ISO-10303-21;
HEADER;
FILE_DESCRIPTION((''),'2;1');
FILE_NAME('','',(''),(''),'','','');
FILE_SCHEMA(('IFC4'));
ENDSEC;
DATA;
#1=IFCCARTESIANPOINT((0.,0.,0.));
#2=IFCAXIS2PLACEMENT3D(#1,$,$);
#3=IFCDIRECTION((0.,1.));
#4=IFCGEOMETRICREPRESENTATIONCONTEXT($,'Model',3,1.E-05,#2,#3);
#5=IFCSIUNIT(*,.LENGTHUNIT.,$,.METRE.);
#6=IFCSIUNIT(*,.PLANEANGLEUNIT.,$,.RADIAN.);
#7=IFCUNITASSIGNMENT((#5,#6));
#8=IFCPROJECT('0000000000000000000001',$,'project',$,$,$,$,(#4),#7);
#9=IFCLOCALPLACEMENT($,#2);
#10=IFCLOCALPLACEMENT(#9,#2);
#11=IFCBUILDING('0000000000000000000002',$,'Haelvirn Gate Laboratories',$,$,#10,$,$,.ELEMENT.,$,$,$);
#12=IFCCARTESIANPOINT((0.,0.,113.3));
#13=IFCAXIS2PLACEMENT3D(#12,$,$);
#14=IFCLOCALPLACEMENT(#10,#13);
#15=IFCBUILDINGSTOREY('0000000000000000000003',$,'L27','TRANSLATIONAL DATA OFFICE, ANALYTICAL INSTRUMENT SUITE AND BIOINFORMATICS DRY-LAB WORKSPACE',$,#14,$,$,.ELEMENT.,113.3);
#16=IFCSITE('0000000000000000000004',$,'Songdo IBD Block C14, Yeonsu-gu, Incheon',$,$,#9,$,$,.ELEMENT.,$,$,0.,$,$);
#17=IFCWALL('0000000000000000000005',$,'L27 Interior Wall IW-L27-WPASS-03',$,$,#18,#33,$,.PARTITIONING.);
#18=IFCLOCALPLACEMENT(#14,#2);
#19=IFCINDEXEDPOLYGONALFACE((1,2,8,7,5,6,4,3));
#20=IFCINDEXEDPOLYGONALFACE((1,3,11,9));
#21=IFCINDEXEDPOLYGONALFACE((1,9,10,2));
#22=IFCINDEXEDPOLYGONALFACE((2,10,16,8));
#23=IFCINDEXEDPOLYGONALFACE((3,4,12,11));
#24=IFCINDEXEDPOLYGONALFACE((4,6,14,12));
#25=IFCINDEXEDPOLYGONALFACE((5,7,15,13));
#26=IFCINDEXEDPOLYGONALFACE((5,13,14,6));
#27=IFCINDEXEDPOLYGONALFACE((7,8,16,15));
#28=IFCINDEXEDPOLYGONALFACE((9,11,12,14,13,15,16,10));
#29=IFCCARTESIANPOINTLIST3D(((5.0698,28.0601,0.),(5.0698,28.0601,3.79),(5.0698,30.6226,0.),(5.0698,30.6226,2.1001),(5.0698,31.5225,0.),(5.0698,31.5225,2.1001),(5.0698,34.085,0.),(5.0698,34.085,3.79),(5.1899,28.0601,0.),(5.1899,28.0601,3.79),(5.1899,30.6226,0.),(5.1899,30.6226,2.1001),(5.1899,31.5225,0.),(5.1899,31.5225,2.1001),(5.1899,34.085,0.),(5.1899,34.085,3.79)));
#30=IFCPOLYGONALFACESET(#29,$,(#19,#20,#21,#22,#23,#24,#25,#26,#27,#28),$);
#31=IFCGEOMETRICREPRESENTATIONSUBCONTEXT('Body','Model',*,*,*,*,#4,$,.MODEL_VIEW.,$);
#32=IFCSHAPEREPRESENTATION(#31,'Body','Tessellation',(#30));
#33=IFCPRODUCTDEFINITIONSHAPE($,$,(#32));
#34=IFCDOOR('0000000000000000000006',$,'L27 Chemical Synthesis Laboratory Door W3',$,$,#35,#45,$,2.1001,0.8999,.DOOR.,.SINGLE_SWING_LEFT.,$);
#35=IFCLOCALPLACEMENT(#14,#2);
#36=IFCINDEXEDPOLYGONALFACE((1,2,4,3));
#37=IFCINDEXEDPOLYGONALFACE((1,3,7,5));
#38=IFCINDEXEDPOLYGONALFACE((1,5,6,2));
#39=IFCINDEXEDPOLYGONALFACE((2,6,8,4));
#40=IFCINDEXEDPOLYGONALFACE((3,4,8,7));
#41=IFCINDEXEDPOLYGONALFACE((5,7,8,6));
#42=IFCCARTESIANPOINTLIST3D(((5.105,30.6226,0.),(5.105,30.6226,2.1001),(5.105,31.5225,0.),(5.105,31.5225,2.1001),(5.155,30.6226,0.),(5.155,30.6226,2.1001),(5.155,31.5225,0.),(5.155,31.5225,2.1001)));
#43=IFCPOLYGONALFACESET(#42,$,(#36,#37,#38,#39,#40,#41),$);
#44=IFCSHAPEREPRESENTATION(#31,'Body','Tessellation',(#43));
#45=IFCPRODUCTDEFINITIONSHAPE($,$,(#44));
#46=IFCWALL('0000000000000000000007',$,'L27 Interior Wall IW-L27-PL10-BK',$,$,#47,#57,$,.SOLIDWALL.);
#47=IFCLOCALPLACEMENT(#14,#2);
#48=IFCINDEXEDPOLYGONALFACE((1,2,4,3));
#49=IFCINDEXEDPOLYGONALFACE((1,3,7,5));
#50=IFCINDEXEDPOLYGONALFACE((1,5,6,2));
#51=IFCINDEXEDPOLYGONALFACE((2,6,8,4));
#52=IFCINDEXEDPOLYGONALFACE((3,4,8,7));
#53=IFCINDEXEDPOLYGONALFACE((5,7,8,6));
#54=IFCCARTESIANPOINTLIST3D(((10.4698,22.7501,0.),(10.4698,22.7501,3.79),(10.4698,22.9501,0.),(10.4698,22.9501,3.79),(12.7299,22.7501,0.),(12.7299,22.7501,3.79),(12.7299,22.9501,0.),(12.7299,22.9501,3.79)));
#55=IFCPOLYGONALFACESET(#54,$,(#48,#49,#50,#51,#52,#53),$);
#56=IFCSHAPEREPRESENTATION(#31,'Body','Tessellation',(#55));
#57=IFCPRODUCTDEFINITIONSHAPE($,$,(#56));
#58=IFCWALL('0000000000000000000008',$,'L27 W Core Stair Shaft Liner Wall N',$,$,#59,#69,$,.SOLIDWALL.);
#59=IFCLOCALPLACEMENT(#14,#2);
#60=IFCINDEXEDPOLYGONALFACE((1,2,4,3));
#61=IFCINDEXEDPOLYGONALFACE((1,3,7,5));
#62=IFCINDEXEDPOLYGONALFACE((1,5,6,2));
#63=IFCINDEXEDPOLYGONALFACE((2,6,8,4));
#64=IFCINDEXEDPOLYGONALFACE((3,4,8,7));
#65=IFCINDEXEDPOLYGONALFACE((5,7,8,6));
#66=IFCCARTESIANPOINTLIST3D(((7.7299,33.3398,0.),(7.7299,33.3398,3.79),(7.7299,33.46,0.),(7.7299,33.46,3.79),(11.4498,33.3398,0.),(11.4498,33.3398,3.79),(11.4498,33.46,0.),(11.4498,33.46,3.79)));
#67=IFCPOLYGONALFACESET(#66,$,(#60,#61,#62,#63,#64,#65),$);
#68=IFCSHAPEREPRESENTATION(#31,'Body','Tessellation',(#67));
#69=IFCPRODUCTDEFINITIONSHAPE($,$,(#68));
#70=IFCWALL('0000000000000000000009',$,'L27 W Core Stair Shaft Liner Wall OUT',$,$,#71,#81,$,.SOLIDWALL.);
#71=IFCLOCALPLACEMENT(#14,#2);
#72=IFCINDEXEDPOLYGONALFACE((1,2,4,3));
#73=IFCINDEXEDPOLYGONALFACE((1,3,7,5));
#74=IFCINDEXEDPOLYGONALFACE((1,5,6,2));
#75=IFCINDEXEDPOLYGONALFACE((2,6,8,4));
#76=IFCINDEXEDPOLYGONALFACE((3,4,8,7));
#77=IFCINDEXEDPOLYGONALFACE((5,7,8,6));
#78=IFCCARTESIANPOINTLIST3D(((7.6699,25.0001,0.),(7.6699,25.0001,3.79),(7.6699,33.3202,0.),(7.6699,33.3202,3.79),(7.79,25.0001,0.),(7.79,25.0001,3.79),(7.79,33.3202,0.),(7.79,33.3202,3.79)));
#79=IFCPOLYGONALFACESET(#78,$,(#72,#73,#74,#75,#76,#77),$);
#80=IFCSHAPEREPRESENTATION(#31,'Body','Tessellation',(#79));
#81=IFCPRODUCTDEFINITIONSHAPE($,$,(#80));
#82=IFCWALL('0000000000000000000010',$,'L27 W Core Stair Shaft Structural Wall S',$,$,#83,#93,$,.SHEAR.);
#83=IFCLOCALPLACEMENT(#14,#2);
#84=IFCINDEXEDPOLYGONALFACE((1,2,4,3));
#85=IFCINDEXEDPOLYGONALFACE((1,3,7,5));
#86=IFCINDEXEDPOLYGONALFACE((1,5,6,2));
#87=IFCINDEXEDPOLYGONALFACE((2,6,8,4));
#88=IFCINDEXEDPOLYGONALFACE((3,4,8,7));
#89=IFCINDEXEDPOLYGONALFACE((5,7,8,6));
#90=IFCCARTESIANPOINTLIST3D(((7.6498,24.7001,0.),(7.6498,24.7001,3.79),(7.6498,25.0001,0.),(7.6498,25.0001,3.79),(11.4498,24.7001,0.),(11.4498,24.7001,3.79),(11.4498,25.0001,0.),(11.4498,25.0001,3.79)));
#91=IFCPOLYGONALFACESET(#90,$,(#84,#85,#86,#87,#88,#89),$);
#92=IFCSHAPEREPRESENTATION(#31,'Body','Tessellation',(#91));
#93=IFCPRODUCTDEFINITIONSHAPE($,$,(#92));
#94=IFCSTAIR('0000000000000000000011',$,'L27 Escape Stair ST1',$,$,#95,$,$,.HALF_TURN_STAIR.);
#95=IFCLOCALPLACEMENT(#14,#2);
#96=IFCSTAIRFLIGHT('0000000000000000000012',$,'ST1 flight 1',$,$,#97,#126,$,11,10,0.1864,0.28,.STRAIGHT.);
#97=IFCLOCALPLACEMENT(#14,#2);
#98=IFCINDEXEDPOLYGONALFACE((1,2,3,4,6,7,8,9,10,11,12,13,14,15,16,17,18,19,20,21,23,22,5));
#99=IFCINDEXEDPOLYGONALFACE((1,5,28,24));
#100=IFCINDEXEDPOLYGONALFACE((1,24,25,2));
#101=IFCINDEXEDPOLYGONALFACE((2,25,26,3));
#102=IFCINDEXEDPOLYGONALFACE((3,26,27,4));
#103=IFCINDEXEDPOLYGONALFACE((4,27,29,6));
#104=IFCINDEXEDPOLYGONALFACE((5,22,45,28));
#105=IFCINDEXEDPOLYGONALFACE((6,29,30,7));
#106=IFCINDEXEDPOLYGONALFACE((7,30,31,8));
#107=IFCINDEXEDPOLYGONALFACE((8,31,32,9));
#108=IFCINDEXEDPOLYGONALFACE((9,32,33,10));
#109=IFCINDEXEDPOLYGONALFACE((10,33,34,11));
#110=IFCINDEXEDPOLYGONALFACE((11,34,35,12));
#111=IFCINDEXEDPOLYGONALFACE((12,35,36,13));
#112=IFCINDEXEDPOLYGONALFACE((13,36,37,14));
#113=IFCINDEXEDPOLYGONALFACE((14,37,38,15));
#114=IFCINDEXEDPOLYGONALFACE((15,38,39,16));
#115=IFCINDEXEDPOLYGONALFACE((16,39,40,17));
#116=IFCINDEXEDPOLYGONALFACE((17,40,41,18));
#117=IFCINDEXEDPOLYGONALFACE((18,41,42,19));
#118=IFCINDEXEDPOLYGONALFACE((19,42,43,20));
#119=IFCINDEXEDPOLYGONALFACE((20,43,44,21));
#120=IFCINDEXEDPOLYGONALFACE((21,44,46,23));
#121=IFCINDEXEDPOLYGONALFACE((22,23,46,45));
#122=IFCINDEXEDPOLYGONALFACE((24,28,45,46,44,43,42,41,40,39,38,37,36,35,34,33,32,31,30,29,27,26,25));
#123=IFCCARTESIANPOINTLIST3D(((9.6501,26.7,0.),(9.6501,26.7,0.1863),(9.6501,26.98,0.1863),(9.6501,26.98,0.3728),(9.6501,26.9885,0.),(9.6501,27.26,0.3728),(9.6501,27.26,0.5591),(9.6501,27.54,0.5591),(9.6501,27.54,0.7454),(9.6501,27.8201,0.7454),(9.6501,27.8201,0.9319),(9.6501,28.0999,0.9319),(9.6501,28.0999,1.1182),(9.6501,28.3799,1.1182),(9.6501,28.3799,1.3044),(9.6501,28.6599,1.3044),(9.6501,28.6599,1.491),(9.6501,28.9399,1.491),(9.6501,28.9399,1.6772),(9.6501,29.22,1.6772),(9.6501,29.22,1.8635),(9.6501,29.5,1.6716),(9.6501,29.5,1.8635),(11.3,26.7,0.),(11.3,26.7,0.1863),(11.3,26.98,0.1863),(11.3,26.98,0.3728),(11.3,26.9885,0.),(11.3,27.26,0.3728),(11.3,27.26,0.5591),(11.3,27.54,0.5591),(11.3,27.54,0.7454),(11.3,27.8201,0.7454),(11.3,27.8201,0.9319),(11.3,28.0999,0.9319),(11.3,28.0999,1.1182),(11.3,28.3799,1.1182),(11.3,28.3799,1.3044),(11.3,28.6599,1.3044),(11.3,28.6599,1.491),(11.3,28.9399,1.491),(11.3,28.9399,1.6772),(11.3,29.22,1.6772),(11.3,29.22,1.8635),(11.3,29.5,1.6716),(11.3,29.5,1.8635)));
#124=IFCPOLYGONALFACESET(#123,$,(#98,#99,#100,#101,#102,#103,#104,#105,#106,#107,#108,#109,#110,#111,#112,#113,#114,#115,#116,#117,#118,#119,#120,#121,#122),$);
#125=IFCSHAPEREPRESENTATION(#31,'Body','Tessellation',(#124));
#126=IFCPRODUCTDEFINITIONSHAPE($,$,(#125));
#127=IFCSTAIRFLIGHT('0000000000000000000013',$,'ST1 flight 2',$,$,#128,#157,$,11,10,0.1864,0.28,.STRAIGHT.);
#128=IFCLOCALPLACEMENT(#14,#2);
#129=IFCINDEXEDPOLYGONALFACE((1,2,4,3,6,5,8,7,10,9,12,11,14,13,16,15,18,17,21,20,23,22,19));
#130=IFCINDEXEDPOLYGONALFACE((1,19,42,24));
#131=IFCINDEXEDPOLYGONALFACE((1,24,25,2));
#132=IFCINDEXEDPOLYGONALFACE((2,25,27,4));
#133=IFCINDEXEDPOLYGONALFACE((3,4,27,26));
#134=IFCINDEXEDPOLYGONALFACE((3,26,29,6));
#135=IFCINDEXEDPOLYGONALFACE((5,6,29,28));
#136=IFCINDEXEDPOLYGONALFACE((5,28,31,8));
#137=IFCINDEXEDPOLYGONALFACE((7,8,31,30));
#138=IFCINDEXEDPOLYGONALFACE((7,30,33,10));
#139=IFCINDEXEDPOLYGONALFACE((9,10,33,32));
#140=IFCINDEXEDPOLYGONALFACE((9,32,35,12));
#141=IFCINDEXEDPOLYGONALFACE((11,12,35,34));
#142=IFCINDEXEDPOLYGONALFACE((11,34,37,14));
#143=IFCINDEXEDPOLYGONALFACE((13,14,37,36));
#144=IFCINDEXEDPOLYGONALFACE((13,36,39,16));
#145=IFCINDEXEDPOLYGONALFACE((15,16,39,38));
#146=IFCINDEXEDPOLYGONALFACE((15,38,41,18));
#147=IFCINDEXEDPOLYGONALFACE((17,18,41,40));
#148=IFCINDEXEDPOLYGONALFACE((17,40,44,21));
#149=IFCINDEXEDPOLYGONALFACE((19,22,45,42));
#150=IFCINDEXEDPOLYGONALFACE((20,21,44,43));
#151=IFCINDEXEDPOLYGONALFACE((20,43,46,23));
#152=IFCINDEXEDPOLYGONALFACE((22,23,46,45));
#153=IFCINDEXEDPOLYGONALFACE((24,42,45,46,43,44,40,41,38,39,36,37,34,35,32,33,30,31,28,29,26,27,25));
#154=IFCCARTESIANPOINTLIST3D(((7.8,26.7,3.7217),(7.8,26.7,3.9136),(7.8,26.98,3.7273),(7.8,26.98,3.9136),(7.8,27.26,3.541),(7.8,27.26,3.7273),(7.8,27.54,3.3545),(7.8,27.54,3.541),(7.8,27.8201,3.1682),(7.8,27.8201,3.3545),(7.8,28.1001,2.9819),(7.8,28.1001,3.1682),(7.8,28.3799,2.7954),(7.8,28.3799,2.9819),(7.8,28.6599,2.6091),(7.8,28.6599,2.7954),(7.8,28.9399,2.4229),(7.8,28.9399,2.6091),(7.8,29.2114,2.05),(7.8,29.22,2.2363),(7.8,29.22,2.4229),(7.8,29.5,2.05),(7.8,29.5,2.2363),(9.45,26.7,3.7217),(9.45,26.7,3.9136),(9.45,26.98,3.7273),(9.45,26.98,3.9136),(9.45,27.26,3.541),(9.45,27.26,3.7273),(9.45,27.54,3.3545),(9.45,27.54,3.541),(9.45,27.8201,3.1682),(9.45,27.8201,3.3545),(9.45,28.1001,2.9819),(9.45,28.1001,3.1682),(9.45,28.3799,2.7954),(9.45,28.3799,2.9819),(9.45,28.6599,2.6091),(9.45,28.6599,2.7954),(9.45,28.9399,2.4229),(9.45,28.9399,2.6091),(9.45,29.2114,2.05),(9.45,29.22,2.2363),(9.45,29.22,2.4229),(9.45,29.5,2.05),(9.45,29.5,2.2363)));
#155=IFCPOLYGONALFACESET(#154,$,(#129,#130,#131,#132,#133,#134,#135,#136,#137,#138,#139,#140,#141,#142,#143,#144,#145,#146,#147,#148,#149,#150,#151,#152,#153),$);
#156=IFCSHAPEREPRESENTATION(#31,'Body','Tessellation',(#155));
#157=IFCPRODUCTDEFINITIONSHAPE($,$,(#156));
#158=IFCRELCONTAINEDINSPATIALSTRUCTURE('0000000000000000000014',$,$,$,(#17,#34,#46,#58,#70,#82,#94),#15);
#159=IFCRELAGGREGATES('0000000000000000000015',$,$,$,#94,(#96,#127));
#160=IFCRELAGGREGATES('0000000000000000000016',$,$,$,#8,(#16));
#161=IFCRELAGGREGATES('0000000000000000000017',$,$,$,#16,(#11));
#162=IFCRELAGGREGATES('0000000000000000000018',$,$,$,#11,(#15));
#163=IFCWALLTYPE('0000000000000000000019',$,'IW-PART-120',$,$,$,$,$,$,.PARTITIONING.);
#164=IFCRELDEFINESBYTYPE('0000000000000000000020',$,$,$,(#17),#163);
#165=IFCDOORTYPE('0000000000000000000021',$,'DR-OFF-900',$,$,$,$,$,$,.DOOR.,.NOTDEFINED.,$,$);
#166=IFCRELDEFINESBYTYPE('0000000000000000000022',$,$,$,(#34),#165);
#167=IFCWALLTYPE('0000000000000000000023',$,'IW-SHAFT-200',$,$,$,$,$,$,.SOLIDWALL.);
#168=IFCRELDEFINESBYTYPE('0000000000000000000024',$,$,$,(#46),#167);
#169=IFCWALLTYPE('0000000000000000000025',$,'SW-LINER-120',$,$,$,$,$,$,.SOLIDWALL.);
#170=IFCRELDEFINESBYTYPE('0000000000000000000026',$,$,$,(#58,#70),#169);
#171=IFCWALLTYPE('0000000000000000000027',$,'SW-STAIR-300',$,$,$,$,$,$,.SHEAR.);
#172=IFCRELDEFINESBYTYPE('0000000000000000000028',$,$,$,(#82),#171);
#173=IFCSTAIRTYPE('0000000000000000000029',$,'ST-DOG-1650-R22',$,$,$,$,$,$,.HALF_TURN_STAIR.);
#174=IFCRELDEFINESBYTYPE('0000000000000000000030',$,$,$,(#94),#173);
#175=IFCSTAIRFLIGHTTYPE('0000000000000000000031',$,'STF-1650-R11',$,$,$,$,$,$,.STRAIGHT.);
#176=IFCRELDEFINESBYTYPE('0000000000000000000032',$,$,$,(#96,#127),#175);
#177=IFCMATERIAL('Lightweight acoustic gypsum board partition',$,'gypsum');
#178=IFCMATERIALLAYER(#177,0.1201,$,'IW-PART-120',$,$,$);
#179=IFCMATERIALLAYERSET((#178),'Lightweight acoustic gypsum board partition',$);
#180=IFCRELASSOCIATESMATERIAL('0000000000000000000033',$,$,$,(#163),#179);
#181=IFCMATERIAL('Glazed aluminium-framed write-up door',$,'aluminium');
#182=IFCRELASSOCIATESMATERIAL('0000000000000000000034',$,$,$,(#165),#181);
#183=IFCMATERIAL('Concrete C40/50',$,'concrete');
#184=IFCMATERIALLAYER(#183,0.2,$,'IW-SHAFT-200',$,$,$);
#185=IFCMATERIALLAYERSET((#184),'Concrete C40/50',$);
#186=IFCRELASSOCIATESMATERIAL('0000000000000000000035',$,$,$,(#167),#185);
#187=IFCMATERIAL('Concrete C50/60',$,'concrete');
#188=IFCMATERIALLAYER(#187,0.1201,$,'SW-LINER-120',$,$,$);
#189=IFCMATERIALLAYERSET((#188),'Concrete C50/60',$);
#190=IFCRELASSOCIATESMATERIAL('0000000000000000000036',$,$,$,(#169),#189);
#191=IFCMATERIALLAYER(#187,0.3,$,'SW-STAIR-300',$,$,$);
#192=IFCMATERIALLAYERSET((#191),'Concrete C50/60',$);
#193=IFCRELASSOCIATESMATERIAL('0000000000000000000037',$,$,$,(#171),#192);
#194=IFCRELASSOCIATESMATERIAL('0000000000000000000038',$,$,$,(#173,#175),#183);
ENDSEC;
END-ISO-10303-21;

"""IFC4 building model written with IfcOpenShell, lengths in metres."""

from ifc_helpers import new_model, si_unit, direction, frame, frame_2d, origin, place, context, subcontext, project, spatial, polyline, rectangle, outline, extrude, source, transform, mapped, material, layer, layer_set, type_object, type_shapes, element, fill, aggregate, save


model = new_model("IFC4")

# Units and contexts
model_context = context("Model", 3, precision=1e-05, world=origin(), true_north=direction((0.0, 1.0)))
body_context = subcontext(model_context, "Body", "Model", "MODEL_VIEW")
ifc_project = project(units=[si_unit("LENGTHUNIT", "METRE"), si_unit("PLANEANGLEUNIT", "RADIAN")], contexts=[model_context])

# Site, building, storey
site_placement = place(None, origin())
site = spatial("IfcSite", under=ifc_project, at=site_placement, Name="Songdo IBD Block C14, Yeonsu-gu, Incheon", CompositionType="ELEMENT", RefElevation=0.0)
building_placement = place(site_placement, origin())
building = spatial("IfcBuilding", under=site, at=building_placement, Name="Haelvirn Gate Laboratories", CompositionType="ELEMENT")
storey_placement = place(building_placement, frame((0.0, 0.0, 113.3)))
storey = spatial("IfcBuildingStorey", under=building, at=storey_placement, Name="L27", Description="TRANSLATIONAL DATA OFFICE, ANALYTICAL INSTRUMENT SUITE AND BIOINFORMATICS DRY-LAB WORKSPACE", CompositionType="ELEMENT", Elevation=113.3)

# Shared definitions
ifc_material_1 = material(Name="Lightweight acoustic gypsum board partition", Category="gypsum")
ifc_layer_1 = layer(ifc_material_1, 0.1201, Name="IW-PART-120")
ifc_layer_set_1 = layer_set([ifc_layer_1], Name="Lightweight acoustic gypsum board partition")
wall_type_1 = type_object("IfcWallType", Name="IW-PART-120", PredefinedType="PARTITIONING", material=ifc_layer_set_1)

# Wall, opening, door
wall_1_placement = place(storey_placement, frame((5.1299, 28.0601, 0.0), z_axis=(0.0, 0.0, 1.0), x_axis=(0.0, 1.0, 0.0)))
wall_1 = element("IfcWall", 1, at=wall_1_placement, inside=storey, type_object=wall_type_1, Name="L27 Interior Wall IW-L27-WPASS-03", PredefinedType="PARTITIONING", context=body_context, shape_type="SweptSolid", body=[
    extrude(rectangle(XDim=6.0249, YDim=0.1201, at=frame_2d((3.0125, 0.0))), origin(), (0.0, 0.0, 1.0), 3.79),
])
opening_1_placement = place(wall_1_placement, frame((2.5625, 0.0, 0.0)))
opening_1 = element("IfcOpeningElement", 2, at=opening_1_placement, cuts=wall_1, PredefinedType="OPENING", context=body_context, shape_type="SweptSolid", body=[
    extrude(rectangle(XDim=0.8999, YDim=2.1001, at=frame_2d((0.45, 1.05))), frame((0.0, 0.0701, 0.0), z_axis=(0.0, -1.0, 0.0), x_axis=(1.0, 0.0, 0.0)), (0.0, 0.0, 1.0), 0.1401),
])
ifc_material_2 = material(Name="Glazed aluminium-framed write-up door", Category="aluminium")
door_type_1 = type_object("IfcDoorType", Name="DR-OFF-900", OperationType="NOTDEFINED", PredefinedType="DOOR", material=ifc_material_2)
shared_shape_1 = source(origin(), body_context, "Body", "SweptSolid", [
    extrude(rectangle(XDim=0.8999, YDim=2.1001, at=frame_2d((0.45, 1.05))), frame((0.0, 0.0249, 0.0), z_axis=(0.0, -1.0, 0.0), x_axis=(1.0, 0.0, 0.0)), (0.0, 0.0, 1.0), 0.05),
])
type_shapes(door_type_1, [shared_shape_1])
door_1_placement = place(opening_1_placement, origin())
door_1 = element("IfcDoor", 3, at=door_1_placement, inside=storey, type_object=door_type_1, Name="L27 Chemical Synthesis Laboratory Door W3", OperationType="SINGLE_SWING_LEFT", OverallHeight=2.1001, OverallWidth=0.8999, PredefinedType="DOOR", context=body_context, shape_type="MappedRepresentation", body=[
    mapped(shared_shape_1, transform((0.0, 0.0, 0.0), scale=1.0)),
])
fill(opening_1, door_1)

# Wall
ifc_material_3 = material(Name="Concrete C40/50", Category="concrete")
ifc_layer_2 = layer(ifc_material_3, 0.2, Name="IW-SHAFT-200")
ifc_layer_set_2 = layer_set([ifc_layer_2], Name="Concrete C40/50")
wall_type_2 = type_object("IfcWallType", Name="IW-SHAFT-200", PredefinedType="SOLIDWALL", material=ifc_layer_set_2)
wall_2_placement = place(storey_placement, frame((10.47, 22.8501, 0.0), z_axis=(0.0, 0.0, 1.0), x_axis=(1.0, 0.0, 0.0)))
element("IfcWall", 4, at=wall_2_placement, inside=storey, type_object=wall_type_2, Name="L27 Interior Wall IW-L27-PL10-BK", PredefinedType="SOLIDWALL", context=body_context, shape_type="SweptSolid", body=[
    extrude(rectangle(XDim=2.26, YDim=0.2, at=frame_2d((1.1299, 0.0))), origin(), (0.0, 0.0, 1.0), 3.79),
])

# Walls
ifc_material_4 = material(Name="Concrete C50/60", Category="concrete")
ifc_layer_3 = layer(ifc_material_4, 0.1201, Name="SW-LINER-120")
ifc_layer_set_3 = layer_set([ifc_layer_3], Name="Concrete C50/60")
wall_type_3 = type_object("IfcWallType", Name="SW-LINER-120", PredefinedType="SOLIDWALL", material=ifc_layer_set_3)
wall_3_placement = place(storey_placement, frame((7.73, 33.3999, 0.0), z_axis=(0.0, 0.0, 1.0), x_axis=(1.0, 0.0, 0.0)))
element("IfcWall", 5, at=wall_3_placement, inside=storey, type_object=wall_type_3, Name="L27 W Core Stair Shaft Liner Wall N", PredefinedType="SOLIDWALL", context=body_context, shape_type="SweptSolid", body=[
    extrude(rectangle(XDim=3.72, YDim=0.1201, at=frame_2d((1.8599, 0.0))), origin(), (0.0, 0.0, 1.0), 3.79),
])
wall_4_placement = place(storey_placement, frame((7.73, 25.0, 0.0), z_axis=(0.0, 0.0, 1.0), x_axis=(0.0, 1.0, 0.0)))
element("IfcWall", 6, at=wall_4_placement, inside=storey, type_object=wall_type_3, Name="L27 W Core Stair Shaft Liner Wall OUT", PredefinedType="SOLIDWALL", context=body_context, shape_type="SweptSolid", body=[
    extrude(rectangle(XDim=8.3201, YDim=0.1201, at=frame_2d((4.1602, 0.0))), origin(), (0.0, 0.0, 1.0), 3.79),
])
ifc_layer_4 = layer(ifc_material_4, 0.3, Name="SW-STAIR-300")
ifc_layer_set_4 = layer_set([ifc_layer_4], Name="Concrete C50/60")
wall_type_4 = type_object("IfcWallType", Name="SW-STAIR-300", PredefinedType="SHEAR", material=ifc_layer_set_4)
wall_5_placement = place(storey_placement, frame((7.6499, 24.8501, 0.0), z_axis=(0.0, 0.0, 1.0), x_axis=(1.0, 0.0, 0.0)))
element("IfcWall", 7, at=wall_5_placement, inside=storey, type_object=wall_type_4, Name="L27 W Core Stair Shaft Structural Wall S", PredefinedType="SHEAR", context=body_context, shape_type="SweptSolid", body=[
    extrude(rectangle(XDim=3.8, YDim=0.3, at=frame_2d((1.8999, 0.0))), origin(), (0.0, 0.0, 1.0), 3.79),
])

# Stair, stair flights
stair_type = type_object("IfcStairType", Name="ST-DOG-1650-R22", PredefinedType="HALF_TURN_STAIR", material=ifc_material_3)
stair_placement = place(storey_placement, origin())
stair = element("IfcStair", 8, at=stair_placement, inside=storey, type_object=stair_type, Name="L27 Escape Stair ST1", PredefinedType="HALF_TURN_STAIR")
stair_flight_type = type_object("IfcStairFlightType", Name="STF-1650-R11", PredefinedType="STRAIGHT", material=ifc_material_3)
shared_shape_2 = source(origin(), body_context, "Body", "SweptSolid", [
    extrude(outline(polyline([(0.0, 0.0), (0.0, 0.1863), (0.28, 0.1863), (0.28, 0.3728), (0.5601, 0.3728), (0.5601, 0.5591), (0.8401, 0.5591), (0.8401, 0.7454), (1.1201, 0.7454), (1.1201, 0.9319), (1.3999, 0.9319), (1.3999, 1.1182), (1.6799, 1.1182), (1.6799, 1.3044), (1.96, 1.3044), (1.96, 1.491), (2.24, 1.491), (2.24, 1.6772), (2.52, 1.6772), (2.52, 1.8635), (2.8, 1.8635), (2.8, 2.05), (2.8, 1.6716), (0.2886, 0.0), (0.0, 0.0)])), frame((0.0, 0.825, 0.0), z_axis=(0.0, -1.0, 0.0), x_axis=(1.0, 0.0, 0.0)), (0.0, 0.0, 1.0), 1.6499),
])
type_shapes(stair_flight_type, [shared_shape_2])
stair_flight_1_placement = place(storey_placement, frame((10.4751, 26.7, 0.0), z_axis=(0.0, 0.0, 1.0), x_axis=(0.0, 1.0, 0.0)))
stair_flight_1 = element("IfcStairFlight", 9, at=stair_flight_1_placement, type_object=stair_flight_type, Name="ST1 flight 1", NumberOfRisers=11, NumberOfTreads=10, PredefinedType="STRAIGHT", RiserHeight=0.1864, TreadLength=0.28, context=body_context, shape_type="MappedRepresentation", body=[
    mapped(shared_shape_2, transform((0.0, 0.0, 0.0), scale=1.0)),
])
stair_flight_2_placement = place(storey_placement, frame((8.625, 29.5, 2.05), z_axis=(0.0, 0.0, 1.0), x_axis=(0.0, -1.0, 0.0)))
stair_flight_2 = element("IfcStairFlight", 10, at=stair_flight_2_placement, type_object=stair_flight_type, Name="ST1 flight 2", NumberOfRisers=11, NumberOfTreads=10, PredefinedType="STRAIGHT", RiserHeight=0.1864, TreadLength=0.28, context=body_context, shape_type="MappedRepresentation", body=[
    mapped(shared_shape_2, transform((0.0, 0.0, 0.0), scale=1.0)),
])
aggregate(stair, [stair_flight_1, stair_flight_2])

save(model, "model.ifc")
